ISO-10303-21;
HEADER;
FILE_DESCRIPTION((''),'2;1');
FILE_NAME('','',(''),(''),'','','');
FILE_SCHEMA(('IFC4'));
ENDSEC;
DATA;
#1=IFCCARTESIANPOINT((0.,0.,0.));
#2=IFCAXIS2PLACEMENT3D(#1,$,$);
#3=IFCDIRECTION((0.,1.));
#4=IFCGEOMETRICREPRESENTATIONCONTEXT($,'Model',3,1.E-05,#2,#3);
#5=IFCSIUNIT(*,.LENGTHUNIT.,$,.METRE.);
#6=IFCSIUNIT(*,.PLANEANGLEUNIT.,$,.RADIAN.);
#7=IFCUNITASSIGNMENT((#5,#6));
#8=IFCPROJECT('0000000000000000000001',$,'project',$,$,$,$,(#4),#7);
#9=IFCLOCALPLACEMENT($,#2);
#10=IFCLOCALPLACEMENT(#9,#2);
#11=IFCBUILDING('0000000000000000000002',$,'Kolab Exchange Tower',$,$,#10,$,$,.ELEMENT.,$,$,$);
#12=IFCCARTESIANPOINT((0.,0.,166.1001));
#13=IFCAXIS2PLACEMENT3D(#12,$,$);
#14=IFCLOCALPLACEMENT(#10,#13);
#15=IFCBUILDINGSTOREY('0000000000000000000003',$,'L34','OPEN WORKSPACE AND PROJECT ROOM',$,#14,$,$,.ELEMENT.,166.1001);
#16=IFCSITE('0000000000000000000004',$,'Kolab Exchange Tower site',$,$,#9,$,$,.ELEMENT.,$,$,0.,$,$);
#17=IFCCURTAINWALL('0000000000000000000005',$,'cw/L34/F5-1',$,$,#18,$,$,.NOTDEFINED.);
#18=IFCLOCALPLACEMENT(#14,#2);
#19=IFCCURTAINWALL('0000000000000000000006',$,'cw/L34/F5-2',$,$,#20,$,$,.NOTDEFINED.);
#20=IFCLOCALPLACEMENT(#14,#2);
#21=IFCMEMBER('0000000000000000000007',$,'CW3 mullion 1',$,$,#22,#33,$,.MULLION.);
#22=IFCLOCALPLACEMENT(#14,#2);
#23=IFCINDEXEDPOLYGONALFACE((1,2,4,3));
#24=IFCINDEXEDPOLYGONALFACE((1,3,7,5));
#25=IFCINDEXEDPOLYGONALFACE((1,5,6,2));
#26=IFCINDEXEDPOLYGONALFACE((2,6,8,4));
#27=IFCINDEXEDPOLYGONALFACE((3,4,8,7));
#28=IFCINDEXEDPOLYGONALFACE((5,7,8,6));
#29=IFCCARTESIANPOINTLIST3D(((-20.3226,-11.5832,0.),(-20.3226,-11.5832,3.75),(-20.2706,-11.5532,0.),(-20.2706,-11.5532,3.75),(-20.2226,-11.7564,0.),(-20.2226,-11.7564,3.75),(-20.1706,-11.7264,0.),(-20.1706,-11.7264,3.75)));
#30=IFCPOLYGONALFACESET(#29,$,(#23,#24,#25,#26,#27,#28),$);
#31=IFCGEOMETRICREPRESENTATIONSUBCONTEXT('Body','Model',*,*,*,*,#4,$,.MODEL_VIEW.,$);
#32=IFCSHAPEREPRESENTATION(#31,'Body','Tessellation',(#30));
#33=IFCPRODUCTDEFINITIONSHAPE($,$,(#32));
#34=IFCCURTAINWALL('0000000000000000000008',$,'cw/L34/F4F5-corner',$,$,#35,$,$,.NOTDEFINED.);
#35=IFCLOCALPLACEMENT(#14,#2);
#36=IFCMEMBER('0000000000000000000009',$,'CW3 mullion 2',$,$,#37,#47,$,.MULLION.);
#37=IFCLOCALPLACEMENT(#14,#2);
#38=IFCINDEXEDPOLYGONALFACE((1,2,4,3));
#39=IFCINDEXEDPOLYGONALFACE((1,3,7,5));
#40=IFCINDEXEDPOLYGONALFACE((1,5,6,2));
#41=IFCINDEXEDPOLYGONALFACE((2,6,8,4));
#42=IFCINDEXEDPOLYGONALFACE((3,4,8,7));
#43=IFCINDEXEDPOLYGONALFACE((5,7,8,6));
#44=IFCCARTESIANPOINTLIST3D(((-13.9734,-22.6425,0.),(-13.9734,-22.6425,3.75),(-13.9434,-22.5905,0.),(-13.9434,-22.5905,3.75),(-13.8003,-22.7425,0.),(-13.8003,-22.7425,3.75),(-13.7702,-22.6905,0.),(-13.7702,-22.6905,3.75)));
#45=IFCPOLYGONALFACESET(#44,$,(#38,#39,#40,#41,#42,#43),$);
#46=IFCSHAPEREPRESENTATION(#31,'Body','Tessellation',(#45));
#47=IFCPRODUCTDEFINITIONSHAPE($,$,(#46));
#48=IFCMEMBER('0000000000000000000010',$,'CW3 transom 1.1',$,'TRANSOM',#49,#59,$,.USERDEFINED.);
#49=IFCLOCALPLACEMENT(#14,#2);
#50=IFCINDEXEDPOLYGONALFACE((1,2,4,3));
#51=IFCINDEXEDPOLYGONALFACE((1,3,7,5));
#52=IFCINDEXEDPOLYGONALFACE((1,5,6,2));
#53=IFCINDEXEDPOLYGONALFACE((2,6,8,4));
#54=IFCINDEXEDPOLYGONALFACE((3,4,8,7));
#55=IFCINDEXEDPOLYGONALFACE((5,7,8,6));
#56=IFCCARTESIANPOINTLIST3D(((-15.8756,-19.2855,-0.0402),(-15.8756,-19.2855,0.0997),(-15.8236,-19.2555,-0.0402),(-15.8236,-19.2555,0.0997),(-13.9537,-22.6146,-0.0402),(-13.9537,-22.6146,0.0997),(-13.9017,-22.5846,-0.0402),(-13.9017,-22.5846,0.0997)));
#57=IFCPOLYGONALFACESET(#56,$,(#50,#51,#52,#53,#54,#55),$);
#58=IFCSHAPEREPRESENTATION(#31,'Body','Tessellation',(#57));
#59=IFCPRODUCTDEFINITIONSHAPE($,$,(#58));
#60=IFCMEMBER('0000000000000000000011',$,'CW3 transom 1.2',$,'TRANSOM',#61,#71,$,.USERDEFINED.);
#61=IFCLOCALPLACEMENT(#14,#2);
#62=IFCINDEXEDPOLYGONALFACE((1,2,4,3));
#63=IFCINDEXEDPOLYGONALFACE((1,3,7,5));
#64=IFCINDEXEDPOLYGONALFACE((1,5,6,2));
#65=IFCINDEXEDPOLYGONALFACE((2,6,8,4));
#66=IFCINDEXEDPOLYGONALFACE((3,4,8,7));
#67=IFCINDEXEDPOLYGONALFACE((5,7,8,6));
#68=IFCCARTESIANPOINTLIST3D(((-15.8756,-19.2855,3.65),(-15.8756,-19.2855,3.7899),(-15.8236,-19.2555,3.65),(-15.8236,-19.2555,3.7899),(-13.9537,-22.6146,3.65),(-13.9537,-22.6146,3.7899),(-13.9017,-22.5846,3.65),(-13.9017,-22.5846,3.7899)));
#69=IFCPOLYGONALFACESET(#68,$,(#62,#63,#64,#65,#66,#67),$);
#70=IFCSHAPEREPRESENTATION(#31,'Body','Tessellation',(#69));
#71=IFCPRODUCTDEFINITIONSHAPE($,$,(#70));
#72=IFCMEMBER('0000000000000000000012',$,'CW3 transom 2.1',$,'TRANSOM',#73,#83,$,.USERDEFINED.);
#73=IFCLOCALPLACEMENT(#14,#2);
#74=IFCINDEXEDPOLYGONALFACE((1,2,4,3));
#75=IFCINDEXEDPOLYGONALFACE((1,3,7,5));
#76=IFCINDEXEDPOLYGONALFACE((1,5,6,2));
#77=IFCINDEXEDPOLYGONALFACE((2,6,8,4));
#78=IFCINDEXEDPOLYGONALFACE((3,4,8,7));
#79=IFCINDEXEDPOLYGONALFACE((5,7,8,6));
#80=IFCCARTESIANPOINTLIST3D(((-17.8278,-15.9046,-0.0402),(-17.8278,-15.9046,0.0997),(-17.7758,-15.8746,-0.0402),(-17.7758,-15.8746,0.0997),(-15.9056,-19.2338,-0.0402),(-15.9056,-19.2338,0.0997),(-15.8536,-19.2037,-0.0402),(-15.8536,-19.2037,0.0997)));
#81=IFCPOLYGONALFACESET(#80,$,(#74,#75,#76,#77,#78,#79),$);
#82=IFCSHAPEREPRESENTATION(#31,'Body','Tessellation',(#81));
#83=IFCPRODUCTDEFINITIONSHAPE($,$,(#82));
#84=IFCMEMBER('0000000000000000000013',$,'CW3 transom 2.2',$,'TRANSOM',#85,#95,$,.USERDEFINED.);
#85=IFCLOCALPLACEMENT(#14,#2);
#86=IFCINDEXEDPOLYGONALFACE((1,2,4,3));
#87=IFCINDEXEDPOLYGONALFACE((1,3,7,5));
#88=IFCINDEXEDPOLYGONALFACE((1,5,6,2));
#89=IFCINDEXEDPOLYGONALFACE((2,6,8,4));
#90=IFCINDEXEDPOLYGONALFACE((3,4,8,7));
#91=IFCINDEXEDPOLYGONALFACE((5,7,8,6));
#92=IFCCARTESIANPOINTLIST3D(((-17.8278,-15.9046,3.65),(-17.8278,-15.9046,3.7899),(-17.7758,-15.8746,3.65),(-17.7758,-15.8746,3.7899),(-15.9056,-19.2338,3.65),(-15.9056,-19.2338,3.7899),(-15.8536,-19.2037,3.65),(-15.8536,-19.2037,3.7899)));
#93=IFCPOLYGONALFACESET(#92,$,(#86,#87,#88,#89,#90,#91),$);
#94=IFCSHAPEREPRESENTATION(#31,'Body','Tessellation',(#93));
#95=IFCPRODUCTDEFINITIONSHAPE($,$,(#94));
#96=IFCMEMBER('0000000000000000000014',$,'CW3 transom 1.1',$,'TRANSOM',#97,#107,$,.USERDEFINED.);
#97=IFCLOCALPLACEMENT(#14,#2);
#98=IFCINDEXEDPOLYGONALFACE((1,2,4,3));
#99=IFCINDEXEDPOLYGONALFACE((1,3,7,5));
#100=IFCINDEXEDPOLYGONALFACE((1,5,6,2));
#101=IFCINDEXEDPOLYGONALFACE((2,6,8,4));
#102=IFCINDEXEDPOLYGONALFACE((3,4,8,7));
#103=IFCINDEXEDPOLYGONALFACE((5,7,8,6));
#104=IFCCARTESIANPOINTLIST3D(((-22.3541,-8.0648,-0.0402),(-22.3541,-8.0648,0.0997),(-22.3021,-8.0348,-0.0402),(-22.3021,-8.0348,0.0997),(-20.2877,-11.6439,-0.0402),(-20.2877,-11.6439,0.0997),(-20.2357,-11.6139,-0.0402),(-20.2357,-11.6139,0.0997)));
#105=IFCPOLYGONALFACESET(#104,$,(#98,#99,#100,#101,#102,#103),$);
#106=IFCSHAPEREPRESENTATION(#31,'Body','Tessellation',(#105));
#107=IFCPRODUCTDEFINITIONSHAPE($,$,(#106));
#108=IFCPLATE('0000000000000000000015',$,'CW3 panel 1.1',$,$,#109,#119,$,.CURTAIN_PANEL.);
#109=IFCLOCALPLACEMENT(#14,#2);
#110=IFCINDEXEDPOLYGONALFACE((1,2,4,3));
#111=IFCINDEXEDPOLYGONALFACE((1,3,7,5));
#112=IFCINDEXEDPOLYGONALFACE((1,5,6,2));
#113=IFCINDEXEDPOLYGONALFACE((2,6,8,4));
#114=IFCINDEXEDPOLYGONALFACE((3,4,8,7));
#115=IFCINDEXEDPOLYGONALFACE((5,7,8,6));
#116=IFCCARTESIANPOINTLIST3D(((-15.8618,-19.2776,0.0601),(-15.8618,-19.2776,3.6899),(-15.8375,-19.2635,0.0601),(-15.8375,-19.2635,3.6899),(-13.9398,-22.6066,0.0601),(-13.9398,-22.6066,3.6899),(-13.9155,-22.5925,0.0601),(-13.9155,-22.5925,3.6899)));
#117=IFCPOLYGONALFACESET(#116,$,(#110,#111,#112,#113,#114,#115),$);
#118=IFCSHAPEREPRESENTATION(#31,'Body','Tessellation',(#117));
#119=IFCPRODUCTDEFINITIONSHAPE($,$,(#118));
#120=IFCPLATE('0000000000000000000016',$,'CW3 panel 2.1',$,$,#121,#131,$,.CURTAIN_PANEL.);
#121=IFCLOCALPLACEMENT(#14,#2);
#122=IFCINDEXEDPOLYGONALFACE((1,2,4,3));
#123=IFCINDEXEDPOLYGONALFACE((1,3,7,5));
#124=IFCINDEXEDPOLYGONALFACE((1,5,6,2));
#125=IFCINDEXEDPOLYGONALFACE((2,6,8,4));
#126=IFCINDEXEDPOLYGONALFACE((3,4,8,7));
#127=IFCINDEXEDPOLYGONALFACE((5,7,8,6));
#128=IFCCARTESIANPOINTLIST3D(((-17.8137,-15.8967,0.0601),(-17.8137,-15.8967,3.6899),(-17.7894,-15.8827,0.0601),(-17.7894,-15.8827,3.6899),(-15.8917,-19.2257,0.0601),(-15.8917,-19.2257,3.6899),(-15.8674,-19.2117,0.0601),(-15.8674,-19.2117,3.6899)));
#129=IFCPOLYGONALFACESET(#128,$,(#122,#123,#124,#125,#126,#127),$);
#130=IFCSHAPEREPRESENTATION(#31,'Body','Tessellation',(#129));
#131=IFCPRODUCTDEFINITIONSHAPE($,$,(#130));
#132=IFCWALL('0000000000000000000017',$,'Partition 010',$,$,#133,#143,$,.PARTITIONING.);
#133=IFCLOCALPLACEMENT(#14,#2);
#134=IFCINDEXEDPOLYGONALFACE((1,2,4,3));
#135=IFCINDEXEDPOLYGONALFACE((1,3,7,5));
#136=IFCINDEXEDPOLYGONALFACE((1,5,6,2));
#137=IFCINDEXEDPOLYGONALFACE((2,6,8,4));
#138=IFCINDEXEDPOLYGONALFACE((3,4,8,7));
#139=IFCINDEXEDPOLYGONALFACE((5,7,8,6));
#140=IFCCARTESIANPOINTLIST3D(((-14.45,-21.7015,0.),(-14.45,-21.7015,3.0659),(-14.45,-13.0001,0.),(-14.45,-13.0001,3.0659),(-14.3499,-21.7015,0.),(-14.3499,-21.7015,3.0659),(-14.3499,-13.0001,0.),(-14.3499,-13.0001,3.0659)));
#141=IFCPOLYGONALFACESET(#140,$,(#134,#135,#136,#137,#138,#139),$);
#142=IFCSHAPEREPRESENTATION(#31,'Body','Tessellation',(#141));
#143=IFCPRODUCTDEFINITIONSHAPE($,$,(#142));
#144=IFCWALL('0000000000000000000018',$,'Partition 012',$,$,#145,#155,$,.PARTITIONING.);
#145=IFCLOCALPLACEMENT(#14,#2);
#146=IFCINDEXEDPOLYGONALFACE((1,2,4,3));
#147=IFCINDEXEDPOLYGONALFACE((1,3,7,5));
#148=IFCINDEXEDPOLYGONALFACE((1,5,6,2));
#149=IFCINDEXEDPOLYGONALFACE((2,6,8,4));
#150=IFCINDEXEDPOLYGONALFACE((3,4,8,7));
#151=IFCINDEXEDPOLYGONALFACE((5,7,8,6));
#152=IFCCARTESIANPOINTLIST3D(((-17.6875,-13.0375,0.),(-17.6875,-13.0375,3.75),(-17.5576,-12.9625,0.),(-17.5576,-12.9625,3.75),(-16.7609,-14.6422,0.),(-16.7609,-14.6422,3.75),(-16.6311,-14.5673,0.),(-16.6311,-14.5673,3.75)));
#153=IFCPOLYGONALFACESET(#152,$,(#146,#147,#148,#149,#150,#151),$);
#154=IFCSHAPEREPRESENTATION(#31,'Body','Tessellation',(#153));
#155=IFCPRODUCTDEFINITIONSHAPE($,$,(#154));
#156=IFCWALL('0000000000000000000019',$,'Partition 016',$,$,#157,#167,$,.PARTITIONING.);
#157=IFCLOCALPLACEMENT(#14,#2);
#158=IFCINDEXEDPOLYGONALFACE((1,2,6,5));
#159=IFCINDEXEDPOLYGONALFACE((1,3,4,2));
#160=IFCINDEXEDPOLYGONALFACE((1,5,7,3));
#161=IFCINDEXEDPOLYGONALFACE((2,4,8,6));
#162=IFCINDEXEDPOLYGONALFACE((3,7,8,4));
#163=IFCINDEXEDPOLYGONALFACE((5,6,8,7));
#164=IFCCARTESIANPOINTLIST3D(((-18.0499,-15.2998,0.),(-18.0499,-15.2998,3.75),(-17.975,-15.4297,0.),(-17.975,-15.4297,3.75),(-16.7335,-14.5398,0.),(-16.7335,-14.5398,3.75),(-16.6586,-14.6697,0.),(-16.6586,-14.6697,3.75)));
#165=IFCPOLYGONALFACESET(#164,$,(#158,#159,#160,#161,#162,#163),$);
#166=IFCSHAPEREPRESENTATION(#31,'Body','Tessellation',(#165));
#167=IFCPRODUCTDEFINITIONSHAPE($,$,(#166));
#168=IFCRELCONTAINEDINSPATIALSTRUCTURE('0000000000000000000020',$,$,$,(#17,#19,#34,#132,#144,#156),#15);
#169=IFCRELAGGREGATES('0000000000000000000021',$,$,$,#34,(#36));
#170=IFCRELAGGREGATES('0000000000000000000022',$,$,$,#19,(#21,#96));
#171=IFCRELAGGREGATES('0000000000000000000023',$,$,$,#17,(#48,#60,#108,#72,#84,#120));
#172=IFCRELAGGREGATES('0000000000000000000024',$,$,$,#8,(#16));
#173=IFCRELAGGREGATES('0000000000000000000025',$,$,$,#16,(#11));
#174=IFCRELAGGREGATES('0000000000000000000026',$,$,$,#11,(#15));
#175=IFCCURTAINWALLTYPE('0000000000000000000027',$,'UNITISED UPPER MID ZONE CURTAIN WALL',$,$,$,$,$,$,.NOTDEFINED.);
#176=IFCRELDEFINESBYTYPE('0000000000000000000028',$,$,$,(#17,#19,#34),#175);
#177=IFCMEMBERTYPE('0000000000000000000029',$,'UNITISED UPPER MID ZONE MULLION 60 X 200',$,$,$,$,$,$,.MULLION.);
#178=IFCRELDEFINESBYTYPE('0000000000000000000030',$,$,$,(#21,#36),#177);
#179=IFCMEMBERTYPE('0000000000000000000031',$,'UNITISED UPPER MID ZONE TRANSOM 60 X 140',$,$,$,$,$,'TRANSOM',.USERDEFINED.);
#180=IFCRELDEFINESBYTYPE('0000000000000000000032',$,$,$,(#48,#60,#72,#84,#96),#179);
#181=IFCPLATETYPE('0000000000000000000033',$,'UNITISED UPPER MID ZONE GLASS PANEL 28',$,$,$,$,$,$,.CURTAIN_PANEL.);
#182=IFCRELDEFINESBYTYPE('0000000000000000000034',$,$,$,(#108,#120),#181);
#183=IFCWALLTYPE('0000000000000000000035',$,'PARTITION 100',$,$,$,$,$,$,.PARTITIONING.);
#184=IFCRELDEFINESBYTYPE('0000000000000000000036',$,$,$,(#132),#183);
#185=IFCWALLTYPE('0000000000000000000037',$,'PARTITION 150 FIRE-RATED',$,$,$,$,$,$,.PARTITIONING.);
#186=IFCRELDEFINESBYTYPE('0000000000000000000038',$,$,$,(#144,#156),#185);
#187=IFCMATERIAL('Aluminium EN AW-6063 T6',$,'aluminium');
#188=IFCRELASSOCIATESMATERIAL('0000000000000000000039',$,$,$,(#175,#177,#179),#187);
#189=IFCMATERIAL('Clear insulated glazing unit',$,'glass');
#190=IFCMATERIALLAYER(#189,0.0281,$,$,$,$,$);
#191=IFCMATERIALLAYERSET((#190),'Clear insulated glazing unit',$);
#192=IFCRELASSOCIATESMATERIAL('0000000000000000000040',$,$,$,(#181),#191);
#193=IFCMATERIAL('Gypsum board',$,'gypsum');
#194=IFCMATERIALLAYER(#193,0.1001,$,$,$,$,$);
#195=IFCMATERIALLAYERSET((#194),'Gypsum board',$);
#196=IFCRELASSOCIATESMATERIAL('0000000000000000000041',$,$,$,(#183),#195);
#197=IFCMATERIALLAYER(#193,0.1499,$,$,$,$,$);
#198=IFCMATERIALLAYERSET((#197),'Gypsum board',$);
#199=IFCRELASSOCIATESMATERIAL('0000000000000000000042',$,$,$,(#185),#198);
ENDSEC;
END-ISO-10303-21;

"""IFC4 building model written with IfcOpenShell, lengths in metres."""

from ifc_helpers import new_model, si_unit, direction, frame, frame_2d, origin, origin_2d, place, context, subcontext, project, spatial, rectangle, extrude, material, layer, layer_set, material_profile, profile_set, type_object, element, aggregate, save


model = new_model("IFC4")

# Units and contexts
model_context = context("Model", 3, precision=1e-05, world=origin(), true_north=direction((0.0, 1.0)))
body_context = subcontext(model_context, "Body", "Model", "MODEL_VIEW")
ifc_project = project(units=[si_unit("LENGTHUNIT", "METRE"), si_unit("PLANEANGLEUNIT", "RADIAN")], contexts=[model_context])

# Site, building, storey
site_placement = place(None, origin())
site = spatial("IfcSite", under=ifc_project, at=site_placement, Name="Kolab Exchange Tower site", CompositionType="ELEMENT", RefElevation=0.0)
building_placement = place(site_placement, origin())
building = spatial("IfcBuilding", under=site, at=building_placement, Name="Kolab Exchange Tower", CompositionType="ELEMENT")
storey_placement = place(building_placement, frame((0.0, 0.0, 166.1001)))
storey = spatial("IfcBuildingStorey", under=building, at=storey_placement, Name="L34", Description="OPEN WORKSPACE AND PROJECT ROOM", CompositionType="ELEMENT", Elevation=166.1001)

# Curtain wall
ifc_material_1 = material(Name="Aluminium EN AW-6063 T6", Category="aluminium")
curtain_wall_type = type_object("IfcCurtainWallType", Name="UNITISED UPPER MID ZONE CURTAIN WALL", PredefinedType="NOTDEFINED", material=ifc_material_1)
curtain_wall_1_placement = place(storey_placement, origin())
curtain_wall_1 = element("IfcCurtainWall", 1, at=curtain_wall_1_placement, inside=storey, type_object=curtain_wall_type, Name="cw/L34/F5-1", PredefinedType="NOTDEFINED")
ifc_material_profile_1 = material_profile(ifc_material_1, rectangle(XDim=0.0601, YDim=0.2, at=origin_2d()), Name="RECT 60X200")
ifc_profile_set_1 = profile_set([ifc_material_profile_1], Name="Aluminium EN AW-6063 T6")
member_type_1 = type_object("IfcMemberType", Name="UNITISED UPPER MID ZONE MULLION 60 X 200", PredefinedType="MULLION", material=ifc_profile_set_1)

# Curtain walls, members
curtain_wall_2_placement = place(storey_placement, origin())
curtain_wall_2 = element("IfcCurtainWall", 2, at=curtain_wall_2_placement, inside=storey, type_object=curtain_wall_type, Name="cw/L34/F5-2", PredefinedType="NOTDEFINED")
member_1_placement = place(storey_placement, frame((-20.2466, -11.6548, 0.0), z_axis=(0.0, 0.0, 1.0), x_axis=(-0.866025, -0.5, 0.0)))
member_1 = element("IfcMember", 3, at=member_1_placement, type_object=member_type_1, Name="CW3 mullion 1", PredefinedType="MULLION", context=body_context, shape_type="SweptSolid", body=[
    extrude(rectangle(XDim=0.0601, YDim=0.2, at=origin_2d()), origin(), (0.0, 0.0, 1.0), 3.75),
])
curtain_wall_3_placement = place(storey_placement, origin())
curtain_wall_3 = element("IfcCurtainWall", 4, at=curtain_wall_3_placement, inside=storey, type_object=curtain_wall_type, Name="cw/L34/F4F5-corner", PredefinedType="NOTDEFINED")
member_2_placement = place(storey_placement, frame((-13.8718, -22.6665, 0.0), z_axis=(0.0, 0.0, 1.0), x_axis=(-0.5, -0.866025, 0.0)))
member_2 = element("IfcMember", 5, at=member_2_placement, type_object=member_type_1, Name="CW3 mullion 2", PredefinedType="MULLION", context=body_context, shape_type="SweptSolid", body=[
    extrude(rectangle(XDim=0.0601, YDim=0.2, at=origin_2d()), origin(), (0.0, 0.0, 1.0), 3.75),
])
aggregate(curtain_wall_3, [member_2])

# Members
ifc_material_profile_2 = material_profile(ifc_material_1, rectangle(XDim=0.0601, YDim=0.1399, at=origin_2d()), Name="RECT 60X140")
ifc_profile_set_2 = profile_set([ifc_material_profile_2], Name="Aluminium EN AW-6063 T6")
member_type_2 = type_object("IfcMemberType", Name="UNITISED UPPER MID ZONE TRANSOM 60 X 140", ElementType="TRANSOM", PredefinedType="USERDEFINED", material=ifc_profile_set_2)
member_3_placement = place(storey_placement, frame((-13.9277, -22.5996, 0.0298), z_axis=(-0.499964, 0.866046, 0.0), x_axis=(-0.866046, -0.499964, 0.0)))
member_3 = element("IfcMember", 6, at=member_3_placement, type_object=member_type_2, Name="CW3 transom 1.1", ObjectType="TRANSOM", PredefinedType="USERDEFINED", context=body_context, shape_type="SweptSolid", body=[
    extrude(rectangle(XDim=0.0601, YDim=0.1399, at=origin_2d()), origin(), (0.0, 0.0, 1.0), 3.844),
])
member_4_placement = place(storey_placement, frame((-13.9277, -22.5996, 3.72), z_axis=(-0.499964, 0.866046, 0.0), x_axis=(-0.866046, -0.499964, 0.0)))
member_4 = element("IfcMember", 7, at=member_4_placement, type_object=member_type_2, Name="CW3 transom 1.2", ObjectType="TRANSOM", PredefinedType="USERDEFINED", context=body_context, shape_type="SweptSolid", body=[
    extrude(rectangle(XDim=0.0601, YDim=0.1399, at=origin_2d()), origin(), (0.0, 0.0, 1.0), 3.844),
])
member_5_placement = place(storey_placement, frame((-15.8796, -19.2188, 0.0298), z_axis=(-0.500012, 0.866018, 0.0), x_axis=(-0.866018, -0.500012, 0.0)))
member_5 = element("IfcMember", 8, at=member_5_placement, type_object=member_type_2, Name="CW3 transom 2.1", ObjectType="TRANSOM", PredefinedType="USERDEFINED", context=body_context, shape_type="SweptSolid", body=[
    extrude(rectangle(XDim=0.0601, YDim=0.1399, at=origin_2d()), origin(), (0.0, 0.0, 1.0), 3.8442),
])
member_6_placement = place(storey_placement, frame((-15.8796, -19.2188, 3.72), z_axis=(-0.500012, 0.866018, 0.0), x_axis=(-0.866018, -0.500012, 0.0)))
member_6 = element("IfcMember", 9, at=member_6_placement, type_object=member_type_2, Name="CW3 transom 2.2", ObjectType="TRANSOM", PredefinedType="USERDEFINED", context=body_context, shape_type="SweptSolid", body=[
    extrude(rectangle(XDim=0.0601, YDim=0.1399, at=origin_2d()), origin(), (0.0, 0.0, 1.0), 3.8442),
])
member_7_placement = place(storey_placement, frame((-20.2617, -11.6289, 0.0298), z_axis=(-0.500002, 0.866024, 0.0), x_axis=(-0.866024, -0.500002, 0.0)))
member_7 = element("IfcMember", 10, at=member_7_placement, type_object=member_type_2, Name="CW3 transom 1.1", ObjectType="TRANSOM", PredefinedType="USERDEFINED", context=body_context, shape_type="SweptSolid", body=[
    extrude(rectangle(XDim=0.0601, YDim=0.1399, at=origin_2d()), origin(), (0.0, 0.0, 1.0), 4.1328),
])
aggregate(curtain_wall_2, [member_1, member_7])

# Plates
ifc_material_2 = material(Name="Clear insulated glazing unit", Category="glass")
ifc_layer_1 = layer(ifc_material_2, 0.0281)
ifc_layer_set_1 = layer_set([ifc_layer_1], Name="Clear insulated glazing unit")
plate_type = type_object("IfcPlateType", Name="UNITISED UPPER MID ZONE GLASS PANEL 28", PredefinedType="CURTAIN_PANEL", material=ifc_layer_set_1)
plate_1_placement = place(storey_placement, frame((-14.8887, -20.9351, 0.0601), z_axis=(0.0, 0.0, 1.0), x_axis=(-0.5, 0.866025, 0.0)))
plate_1 = element("IfcPlate", 11, at=plate_1_placement, type_object=plate_type, Name="CW3 panel 1.1", PredefinedType="CURTAIN_PANEL", context=body_context, shape_type="SweptSolid", body=[
    extrude(rectangle(XDim=3.844, YDim=0.0281, at=origin_2d()), origin(), (0.0, 0.0, 1.0), 3.6299),
])
plate_2_placement = place(storey_placement, frame((-16.8406, -17.5542, 0.0601), z_axis=(0.0, 0.0, 1.0), x_axis=(-0.5, 0.866025, 0.0)))
plate_2 = element("IfcPlate", 12, at=plate_2_placement, type_object=plate_type, Name="CW3 panel 2.1", PredefinedType="CURTAIN_PANEL", context=body_context, shape_type="SweptSolid", body=[
    extrude(rectangle(XDim=3.844, YDim=0.0281, at=origin_2d()), origin(), (0.0, 0.0, 1.0), 3.6299),
])
aggregate(curtain_wall_1, [member_3, member_4, plate_1, member_5, member_6, plate_2])

# Walls
ifc_material_3 = material(Name="Gypsum board", Category="gypsum")
ifc_layer_2 = layer(ifc_material_3, 0.1001)
ifc_layer_set_2 = layer_set([ifc_layer_2], Name="Gypsum board")
wall_type_1 = type_object("IfcWallType", Name="PARTITION 100", PredefinedType="PARTITIONING", material=ifc_layer_set_2)
wall_1_placement = place(storey_placement, frame((-14.3999, -21.7014, 0.0), z_axis=(0.0, 0.0, 1.0), x_axis=(0.0, 1.0, 0.0)))
element("IfcWall", 13, at=wall_1_placement, inside=storey, type_object=wall_type_1, Name="Partition 010", PredefinedType="PARTITIONING", context=body_context, shape_type="SweptSolid", body=[
    extrude(rectangle(XDim=8.7014, YDim=0.1001, at=frame_2d((4.3506, 0.0))), origin(), (0.0, 0.0, 1.0), 3.0659),
])
ifc_layer_3 = layer(ifc_material_3, 0.1499)
ifc_layer_set_3 = layer_set([ifc_layer_3], Name="Gypsum board")
wall_type_2 = type_object("IfcWallType", Name="PARTITION 150 FIRE-RATED", PredefinedType="PARTITIONING", material=ifc_layer_set_3)
wall_2_placement = place(storey_placement, frame((-17.6226, -13.0, 0.0), z_axis=(0.0, 0.0, 1.0), x_axis=(0.500008, -0.866021, 0.0)))
element("IfcWall", 14, at=wall_2_placement, inside=storey, type_object=wall_type_2, Name="Partition 012", PredefinedType="PARTITIONING", context=body_context, shape_type="SweptSolid", body=[
    extrude(rectangle(XDim=1.853, YDim=0.1499, at=frame_2d((0.9265, 0.0))), origin(), (0.0, 0.0, 1.0), 3.75),
])
wall_3_placement = place(storey_placement, frame((-18.0125, -15.3647, 0.0), z_axis=(0.0, 0.0, 1.0), x_axis=(0.86603, 0.499991, 0.0)))
element("IfcWall", 15, at=wall_3_placement, inside=storey, type_object=wall_type_2, Name="Partition 016", PredefinedType="PARTITIONING", context=body_context, shape_type="SweptSolid", body=[
    extrude(rectangle(XDim=1.52, YDim=0.1499, at=frame_2d((0.76, 0.0))), origin(), (0.0, 0.0, 1.0), 3.75),
])

save(model, "model.ifc")
